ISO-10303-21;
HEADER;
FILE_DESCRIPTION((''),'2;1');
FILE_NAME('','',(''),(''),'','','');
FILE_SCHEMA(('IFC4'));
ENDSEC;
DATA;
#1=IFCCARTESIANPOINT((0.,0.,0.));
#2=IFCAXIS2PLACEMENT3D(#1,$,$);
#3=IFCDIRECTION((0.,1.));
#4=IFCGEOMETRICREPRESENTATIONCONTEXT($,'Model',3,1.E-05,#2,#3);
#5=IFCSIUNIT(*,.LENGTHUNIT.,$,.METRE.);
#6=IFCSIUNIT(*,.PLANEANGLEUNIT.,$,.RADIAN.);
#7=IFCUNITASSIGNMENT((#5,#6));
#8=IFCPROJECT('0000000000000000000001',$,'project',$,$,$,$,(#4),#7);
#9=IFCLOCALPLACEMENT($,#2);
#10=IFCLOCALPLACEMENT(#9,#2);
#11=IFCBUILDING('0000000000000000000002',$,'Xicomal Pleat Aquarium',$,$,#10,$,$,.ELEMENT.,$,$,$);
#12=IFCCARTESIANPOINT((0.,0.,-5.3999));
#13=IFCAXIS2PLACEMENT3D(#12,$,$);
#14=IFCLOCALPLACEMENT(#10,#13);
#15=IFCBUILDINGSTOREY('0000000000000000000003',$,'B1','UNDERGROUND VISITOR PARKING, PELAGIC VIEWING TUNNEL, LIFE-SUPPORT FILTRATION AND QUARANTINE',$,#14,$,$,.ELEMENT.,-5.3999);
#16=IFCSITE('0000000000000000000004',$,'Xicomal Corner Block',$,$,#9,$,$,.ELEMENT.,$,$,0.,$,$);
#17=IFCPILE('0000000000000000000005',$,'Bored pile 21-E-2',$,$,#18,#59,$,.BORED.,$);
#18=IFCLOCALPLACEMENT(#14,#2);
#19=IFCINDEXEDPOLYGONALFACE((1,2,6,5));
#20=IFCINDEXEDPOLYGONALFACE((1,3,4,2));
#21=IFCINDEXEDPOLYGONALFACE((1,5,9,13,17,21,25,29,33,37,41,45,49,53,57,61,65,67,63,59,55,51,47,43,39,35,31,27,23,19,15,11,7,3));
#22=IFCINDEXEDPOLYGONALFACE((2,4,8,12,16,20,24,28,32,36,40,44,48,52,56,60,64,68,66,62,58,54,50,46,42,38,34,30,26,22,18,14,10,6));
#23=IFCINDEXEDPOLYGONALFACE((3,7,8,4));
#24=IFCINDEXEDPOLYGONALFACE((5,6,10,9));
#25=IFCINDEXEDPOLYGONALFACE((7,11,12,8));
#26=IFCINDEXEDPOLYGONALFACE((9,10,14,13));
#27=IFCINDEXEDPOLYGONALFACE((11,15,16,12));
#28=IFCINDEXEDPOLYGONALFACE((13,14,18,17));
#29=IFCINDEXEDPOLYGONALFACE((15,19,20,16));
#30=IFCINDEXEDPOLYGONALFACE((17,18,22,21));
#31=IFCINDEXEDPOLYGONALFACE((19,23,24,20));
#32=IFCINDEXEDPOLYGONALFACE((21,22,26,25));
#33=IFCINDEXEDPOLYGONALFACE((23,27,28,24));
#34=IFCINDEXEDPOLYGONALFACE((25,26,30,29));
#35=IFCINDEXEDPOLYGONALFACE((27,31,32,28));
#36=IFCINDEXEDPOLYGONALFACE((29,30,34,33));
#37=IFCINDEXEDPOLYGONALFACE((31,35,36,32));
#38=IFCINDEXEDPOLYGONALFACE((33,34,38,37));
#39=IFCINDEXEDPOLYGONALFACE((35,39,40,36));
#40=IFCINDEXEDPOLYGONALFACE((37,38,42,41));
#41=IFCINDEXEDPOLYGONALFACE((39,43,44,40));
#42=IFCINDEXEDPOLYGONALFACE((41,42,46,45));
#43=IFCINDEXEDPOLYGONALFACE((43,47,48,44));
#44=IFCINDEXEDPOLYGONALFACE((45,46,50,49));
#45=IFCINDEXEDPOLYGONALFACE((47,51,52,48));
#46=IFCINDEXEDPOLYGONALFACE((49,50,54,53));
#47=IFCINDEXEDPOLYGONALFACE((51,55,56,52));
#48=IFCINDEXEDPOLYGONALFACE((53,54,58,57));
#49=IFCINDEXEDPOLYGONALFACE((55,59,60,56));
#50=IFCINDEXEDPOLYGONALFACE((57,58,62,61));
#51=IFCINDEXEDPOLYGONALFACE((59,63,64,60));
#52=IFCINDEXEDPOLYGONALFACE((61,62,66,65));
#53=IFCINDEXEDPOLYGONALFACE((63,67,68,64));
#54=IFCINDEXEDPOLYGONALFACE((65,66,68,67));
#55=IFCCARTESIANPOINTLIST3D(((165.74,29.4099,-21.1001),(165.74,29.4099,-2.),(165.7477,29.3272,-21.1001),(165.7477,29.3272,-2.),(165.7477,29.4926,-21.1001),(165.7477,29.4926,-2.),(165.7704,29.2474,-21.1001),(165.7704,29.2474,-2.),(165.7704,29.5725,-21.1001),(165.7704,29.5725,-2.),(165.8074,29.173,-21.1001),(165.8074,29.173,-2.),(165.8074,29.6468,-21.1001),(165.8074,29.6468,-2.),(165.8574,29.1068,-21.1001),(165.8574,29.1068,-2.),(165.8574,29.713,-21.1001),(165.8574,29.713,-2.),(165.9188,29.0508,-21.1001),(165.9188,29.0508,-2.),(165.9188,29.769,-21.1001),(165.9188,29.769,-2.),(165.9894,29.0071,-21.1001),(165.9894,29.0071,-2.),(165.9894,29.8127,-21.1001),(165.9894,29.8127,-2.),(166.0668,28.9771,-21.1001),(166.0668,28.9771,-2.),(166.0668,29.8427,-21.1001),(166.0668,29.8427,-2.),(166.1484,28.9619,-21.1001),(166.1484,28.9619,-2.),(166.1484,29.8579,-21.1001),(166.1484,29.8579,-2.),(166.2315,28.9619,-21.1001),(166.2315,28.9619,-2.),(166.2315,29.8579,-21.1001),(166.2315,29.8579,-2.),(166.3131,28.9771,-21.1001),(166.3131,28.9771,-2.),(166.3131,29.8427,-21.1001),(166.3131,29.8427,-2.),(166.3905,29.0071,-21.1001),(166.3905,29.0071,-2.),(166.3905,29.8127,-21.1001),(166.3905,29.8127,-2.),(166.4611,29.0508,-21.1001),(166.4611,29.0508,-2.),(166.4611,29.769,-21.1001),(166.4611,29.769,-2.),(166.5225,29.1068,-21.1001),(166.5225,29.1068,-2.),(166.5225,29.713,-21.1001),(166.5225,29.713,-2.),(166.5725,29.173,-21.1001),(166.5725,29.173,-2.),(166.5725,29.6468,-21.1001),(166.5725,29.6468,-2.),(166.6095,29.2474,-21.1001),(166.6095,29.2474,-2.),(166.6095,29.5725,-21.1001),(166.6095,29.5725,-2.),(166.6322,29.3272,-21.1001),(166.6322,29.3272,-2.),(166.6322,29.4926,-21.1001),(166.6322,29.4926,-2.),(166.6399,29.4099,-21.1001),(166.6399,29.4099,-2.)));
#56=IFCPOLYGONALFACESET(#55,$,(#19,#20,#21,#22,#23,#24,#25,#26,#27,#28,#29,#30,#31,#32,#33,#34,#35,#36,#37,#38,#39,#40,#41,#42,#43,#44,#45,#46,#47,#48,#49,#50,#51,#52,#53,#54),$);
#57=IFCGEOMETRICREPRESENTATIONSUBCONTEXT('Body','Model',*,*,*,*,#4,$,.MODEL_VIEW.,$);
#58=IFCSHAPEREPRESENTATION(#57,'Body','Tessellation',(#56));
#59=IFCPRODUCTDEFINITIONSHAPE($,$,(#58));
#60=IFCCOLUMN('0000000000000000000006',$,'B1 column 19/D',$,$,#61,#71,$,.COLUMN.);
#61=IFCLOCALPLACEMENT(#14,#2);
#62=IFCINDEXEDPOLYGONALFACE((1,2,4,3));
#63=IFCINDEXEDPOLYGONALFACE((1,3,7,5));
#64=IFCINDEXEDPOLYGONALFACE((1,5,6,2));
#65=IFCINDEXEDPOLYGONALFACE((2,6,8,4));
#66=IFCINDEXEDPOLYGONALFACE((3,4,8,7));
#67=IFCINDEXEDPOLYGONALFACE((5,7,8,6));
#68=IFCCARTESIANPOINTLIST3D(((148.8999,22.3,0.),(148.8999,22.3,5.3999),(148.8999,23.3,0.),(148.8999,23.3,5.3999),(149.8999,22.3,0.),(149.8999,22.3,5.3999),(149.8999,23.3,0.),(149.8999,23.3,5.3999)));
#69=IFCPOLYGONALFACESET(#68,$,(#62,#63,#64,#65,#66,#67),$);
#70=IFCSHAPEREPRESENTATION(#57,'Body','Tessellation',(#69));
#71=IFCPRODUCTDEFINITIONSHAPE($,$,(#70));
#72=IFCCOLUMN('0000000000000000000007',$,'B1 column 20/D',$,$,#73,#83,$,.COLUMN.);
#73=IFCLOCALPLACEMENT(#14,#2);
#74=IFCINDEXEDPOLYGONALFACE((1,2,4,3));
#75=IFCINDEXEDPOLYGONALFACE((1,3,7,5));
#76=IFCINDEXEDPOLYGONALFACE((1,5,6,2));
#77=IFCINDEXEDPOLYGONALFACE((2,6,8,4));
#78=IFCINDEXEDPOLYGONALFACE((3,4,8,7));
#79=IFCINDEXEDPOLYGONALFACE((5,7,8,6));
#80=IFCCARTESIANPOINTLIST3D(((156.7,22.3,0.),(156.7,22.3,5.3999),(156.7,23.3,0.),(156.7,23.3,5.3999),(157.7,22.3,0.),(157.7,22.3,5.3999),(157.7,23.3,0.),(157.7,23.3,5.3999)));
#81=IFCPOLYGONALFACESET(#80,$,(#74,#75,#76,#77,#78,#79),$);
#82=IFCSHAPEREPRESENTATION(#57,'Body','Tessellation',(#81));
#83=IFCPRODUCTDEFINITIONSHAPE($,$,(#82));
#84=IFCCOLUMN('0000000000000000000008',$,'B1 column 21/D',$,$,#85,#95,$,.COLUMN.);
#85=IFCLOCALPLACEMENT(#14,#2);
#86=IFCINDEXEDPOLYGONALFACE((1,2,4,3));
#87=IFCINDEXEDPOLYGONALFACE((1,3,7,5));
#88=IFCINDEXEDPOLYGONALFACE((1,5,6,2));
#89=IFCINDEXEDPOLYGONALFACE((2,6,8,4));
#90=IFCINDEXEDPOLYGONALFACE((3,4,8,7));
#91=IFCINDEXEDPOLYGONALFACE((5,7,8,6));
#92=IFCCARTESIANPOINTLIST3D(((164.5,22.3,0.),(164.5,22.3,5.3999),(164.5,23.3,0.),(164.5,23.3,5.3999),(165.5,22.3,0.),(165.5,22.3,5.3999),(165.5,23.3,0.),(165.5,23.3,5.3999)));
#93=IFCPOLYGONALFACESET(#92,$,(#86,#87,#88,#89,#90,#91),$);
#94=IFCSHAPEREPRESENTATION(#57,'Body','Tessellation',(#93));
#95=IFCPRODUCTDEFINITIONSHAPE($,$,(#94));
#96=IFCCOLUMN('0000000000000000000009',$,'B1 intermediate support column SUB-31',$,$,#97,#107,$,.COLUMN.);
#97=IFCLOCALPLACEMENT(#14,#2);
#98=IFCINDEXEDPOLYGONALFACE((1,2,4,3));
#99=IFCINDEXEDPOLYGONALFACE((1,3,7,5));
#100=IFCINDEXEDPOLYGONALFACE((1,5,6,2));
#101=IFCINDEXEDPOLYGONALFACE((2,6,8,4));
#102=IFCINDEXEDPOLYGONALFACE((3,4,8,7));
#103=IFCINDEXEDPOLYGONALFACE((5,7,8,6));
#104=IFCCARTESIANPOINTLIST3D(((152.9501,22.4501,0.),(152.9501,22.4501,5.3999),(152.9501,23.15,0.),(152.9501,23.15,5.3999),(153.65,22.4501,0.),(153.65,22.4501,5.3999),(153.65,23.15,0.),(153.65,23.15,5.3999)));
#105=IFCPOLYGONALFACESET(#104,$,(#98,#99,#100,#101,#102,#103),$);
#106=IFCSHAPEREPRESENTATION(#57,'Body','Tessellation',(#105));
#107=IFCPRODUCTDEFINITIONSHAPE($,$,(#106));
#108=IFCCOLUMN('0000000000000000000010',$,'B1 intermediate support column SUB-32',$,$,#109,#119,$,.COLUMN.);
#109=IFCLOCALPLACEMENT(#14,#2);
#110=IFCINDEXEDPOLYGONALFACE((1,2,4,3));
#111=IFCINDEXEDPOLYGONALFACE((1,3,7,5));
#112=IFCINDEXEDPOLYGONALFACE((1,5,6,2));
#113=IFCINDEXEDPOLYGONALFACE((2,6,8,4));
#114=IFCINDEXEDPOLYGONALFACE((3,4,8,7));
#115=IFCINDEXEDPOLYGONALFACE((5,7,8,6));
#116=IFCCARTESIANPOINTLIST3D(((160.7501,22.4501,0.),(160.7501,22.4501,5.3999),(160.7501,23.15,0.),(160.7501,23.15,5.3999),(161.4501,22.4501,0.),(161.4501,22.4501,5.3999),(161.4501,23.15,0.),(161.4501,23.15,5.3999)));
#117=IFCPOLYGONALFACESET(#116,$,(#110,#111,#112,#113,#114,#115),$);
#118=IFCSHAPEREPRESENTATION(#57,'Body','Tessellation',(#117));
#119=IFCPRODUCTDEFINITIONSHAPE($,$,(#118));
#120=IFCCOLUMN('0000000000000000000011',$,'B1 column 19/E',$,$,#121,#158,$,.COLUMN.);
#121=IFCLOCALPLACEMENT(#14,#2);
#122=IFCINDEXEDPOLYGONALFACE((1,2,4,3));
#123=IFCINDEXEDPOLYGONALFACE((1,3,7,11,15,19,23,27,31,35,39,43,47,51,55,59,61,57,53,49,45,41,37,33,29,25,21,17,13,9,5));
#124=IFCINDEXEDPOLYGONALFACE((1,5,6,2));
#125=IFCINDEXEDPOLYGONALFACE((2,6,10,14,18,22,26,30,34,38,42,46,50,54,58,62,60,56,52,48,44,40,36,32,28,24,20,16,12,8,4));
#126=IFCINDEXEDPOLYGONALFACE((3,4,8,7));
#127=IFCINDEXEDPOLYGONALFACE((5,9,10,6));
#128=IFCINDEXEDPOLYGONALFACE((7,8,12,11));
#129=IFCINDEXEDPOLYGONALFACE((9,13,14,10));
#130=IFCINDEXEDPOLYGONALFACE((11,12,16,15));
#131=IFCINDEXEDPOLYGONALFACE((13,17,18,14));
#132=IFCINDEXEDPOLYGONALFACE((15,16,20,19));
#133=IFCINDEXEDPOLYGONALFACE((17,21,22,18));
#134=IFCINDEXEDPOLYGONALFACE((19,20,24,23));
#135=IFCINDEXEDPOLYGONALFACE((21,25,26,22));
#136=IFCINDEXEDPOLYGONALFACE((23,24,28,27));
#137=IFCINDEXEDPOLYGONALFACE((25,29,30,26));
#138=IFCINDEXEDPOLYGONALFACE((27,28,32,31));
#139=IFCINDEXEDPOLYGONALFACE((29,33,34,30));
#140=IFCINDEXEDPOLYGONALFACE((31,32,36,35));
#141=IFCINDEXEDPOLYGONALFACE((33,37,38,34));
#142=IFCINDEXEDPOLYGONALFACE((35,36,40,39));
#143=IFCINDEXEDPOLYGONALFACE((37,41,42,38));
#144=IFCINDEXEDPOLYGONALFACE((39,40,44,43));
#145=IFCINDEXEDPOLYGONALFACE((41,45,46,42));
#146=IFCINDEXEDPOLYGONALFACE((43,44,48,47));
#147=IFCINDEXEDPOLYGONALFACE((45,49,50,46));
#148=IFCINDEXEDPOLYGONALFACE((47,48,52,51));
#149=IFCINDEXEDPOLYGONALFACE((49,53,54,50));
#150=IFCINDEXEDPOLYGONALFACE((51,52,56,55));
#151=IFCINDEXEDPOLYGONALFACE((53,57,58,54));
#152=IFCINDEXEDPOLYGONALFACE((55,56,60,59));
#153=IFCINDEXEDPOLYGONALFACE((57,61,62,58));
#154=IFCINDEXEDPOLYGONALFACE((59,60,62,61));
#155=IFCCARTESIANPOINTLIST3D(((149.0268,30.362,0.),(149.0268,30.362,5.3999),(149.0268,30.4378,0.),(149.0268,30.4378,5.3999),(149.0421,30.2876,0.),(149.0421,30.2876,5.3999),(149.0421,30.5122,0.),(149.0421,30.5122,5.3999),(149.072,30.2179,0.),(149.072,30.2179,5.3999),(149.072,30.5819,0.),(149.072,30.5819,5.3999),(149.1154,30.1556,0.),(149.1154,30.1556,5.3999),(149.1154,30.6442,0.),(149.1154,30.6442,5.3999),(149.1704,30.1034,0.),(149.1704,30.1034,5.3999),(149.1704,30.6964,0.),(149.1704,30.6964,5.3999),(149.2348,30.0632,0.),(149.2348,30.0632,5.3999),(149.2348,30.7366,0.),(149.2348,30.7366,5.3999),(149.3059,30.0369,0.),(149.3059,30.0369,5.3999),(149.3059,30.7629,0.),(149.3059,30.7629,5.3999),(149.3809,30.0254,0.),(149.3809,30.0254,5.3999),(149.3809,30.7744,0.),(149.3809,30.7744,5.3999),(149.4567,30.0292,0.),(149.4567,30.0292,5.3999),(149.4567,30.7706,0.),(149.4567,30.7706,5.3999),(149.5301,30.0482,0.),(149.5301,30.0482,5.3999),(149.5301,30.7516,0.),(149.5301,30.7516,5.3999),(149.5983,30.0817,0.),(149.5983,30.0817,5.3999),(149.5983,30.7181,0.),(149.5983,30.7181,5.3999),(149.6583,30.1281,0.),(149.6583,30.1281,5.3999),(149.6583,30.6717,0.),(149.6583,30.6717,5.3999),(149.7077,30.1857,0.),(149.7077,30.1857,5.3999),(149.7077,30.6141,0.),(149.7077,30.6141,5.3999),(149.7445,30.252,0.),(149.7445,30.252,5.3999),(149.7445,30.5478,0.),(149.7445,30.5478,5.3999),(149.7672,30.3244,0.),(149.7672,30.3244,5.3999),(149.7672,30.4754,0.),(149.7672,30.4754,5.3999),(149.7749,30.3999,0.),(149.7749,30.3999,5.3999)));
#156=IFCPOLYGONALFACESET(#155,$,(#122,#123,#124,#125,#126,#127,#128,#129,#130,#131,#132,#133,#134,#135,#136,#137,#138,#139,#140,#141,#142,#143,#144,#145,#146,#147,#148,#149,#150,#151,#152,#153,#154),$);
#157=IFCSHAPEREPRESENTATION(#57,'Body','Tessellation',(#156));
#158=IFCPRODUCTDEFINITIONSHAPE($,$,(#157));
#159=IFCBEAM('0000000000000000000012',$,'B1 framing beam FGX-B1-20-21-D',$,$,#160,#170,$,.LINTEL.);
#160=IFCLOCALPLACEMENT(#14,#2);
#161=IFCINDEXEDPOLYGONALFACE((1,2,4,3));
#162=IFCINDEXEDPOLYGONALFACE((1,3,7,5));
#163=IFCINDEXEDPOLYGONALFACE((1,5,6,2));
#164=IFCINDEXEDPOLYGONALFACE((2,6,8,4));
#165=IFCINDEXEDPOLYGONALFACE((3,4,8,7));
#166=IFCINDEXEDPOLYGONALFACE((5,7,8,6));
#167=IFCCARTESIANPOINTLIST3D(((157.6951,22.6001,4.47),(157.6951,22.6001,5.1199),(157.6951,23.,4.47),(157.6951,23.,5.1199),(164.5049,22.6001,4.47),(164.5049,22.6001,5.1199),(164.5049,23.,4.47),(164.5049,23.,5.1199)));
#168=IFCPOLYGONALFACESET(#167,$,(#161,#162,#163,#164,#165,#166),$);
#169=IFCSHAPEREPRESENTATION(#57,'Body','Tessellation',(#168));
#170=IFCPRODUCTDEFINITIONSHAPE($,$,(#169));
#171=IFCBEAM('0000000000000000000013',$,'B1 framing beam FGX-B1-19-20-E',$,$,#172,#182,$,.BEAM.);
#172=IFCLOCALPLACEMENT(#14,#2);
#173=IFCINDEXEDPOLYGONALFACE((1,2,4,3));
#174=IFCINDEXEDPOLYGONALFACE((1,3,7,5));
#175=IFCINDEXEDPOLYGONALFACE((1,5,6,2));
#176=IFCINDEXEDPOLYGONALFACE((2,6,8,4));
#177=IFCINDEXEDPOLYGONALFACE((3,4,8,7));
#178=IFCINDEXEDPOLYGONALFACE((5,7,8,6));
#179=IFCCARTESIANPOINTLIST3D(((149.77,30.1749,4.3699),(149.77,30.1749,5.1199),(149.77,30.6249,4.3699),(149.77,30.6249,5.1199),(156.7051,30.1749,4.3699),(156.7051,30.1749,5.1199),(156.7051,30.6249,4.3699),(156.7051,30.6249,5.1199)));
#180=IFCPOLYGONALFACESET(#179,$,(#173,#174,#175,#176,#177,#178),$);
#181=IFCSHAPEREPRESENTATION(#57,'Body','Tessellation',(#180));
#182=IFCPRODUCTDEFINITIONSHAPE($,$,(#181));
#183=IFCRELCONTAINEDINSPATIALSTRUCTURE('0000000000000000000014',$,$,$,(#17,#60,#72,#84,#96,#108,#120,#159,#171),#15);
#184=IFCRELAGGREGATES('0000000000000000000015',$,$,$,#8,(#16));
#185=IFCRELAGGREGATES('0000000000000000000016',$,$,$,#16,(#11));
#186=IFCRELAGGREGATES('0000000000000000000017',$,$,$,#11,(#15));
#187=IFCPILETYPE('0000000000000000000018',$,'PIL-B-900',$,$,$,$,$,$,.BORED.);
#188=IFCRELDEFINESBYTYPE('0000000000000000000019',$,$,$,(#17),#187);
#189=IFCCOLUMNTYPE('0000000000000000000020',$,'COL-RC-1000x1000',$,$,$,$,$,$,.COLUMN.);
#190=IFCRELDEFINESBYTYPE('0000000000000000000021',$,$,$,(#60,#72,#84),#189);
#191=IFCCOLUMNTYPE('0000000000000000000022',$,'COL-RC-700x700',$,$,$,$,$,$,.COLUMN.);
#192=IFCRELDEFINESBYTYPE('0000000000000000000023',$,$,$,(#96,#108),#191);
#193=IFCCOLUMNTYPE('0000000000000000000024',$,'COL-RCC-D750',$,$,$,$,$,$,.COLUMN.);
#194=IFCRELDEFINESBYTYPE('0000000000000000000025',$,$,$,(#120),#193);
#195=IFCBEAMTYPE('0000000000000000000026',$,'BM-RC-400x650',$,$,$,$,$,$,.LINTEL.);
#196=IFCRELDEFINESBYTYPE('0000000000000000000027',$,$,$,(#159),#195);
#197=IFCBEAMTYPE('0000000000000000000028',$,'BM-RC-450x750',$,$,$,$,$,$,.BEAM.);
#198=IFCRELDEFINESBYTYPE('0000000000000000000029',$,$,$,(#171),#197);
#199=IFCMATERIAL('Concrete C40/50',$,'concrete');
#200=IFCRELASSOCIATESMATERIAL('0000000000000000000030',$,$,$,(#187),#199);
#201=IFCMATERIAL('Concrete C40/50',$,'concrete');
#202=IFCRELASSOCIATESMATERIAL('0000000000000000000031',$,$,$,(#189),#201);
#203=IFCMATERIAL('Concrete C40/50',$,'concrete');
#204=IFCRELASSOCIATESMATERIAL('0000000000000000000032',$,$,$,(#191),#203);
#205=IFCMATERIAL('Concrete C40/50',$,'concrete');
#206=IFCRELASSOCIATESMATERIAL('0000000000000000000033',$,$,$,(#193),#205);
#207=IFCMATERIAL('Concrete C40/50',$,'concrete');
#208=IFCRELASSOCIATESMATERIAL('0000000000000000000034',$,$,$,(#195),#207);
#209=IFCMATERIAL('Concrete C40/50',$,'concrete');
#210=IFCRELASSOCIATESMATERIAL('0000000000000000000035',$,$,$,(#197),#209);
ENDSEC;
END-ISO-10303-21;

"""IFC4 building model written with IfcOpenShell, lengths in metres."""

from ifc_helpers import new_model, si_unit, direction, frame, origin, origin_2d, place, context, subcontext, project, spatial, rectangle, circle, extrude, material, material_profile, profile_set, type_object, element, save


model = new_model("IFC4")

# Units and contexts
model_context = context("Model", 3, precision=1e-05, world=origin(), true_north=direction((0.0, 1.0)))
body_context = subcontext(model_context, "Body", "Model", "MODEL_VIEW")
ifc_project = project(units=[si_unit("LENGTHUNIT", "METRE"), si_unit("PLANEANGLEUNIT", "RADIAN")], contexts=[model_context])

# Site, building, storey
site_placement = place(None, origin())
site = spatial("IfcSite", under=ifc_project, at=site_placement, Name="Xicomal Corner Block", CompositionType="ELEMENT", RefElevation=0.0)
building_placement = place(site_placement, origin())
building = spatial("IfcBuilding", under=site, at=building_placement, Name="Xicomal Pleat Aquarium", CompositionType="ELEMENT")
storey_placement = place(building_placement, frame((0.0, 0.0, -5.3999)))
storey = spatial("IfcBuildingStorey", under=building, at=storey_placement, Name="B1", Description="UNDERGROUND VISITOR PARKING, PELAGIC VIEWING TUNNEL, LIFE-SUPPORT FILTRATION AND QUARANTINE", CompositionType="ELEMENT", Elevation=-5.3999)

# Pile
ifc_material_1 = material(Name="Concrete C40/50", Category="concrete")
ifc_material_profile_1 = material_profile(ifc_material_1, circle(Radius=0.45, at=origin_2d()), Name="BORED PILE D900")
ifc_profile_set_1 = profile_set([ifc_material_profile_1], Name="Concrete C40/50")
pile_type_1 = type_object("IfcPileType", Name="PIL-B-900", PredefinedType="BORED", material=ifc_profile_set_1)
for number, where, z_axis, x_axis, name in (
    (1, (166.1899, 29.4099, -2.0), (0.0, 0.0, -1.0), (1.0, 0.0, 0.0), "Bored pile 21-E-2"),
):
    element("IfcPile", number, at=place(storey_placement, frame(where, z_axis=z_axis, x_axis=x_axis)), inside=storey, type_object=pile_type_1, Name=name, PredefinedType="BORED", context=body_context, shape_type="SweptSolid", body=[
        extrude(circle(Radius=0.45, at=origin_2d()), origin(), (0.0, 0.0, 1.0), 19.1001),
    ])

# Columns
ifc_material_2 = material(Name="Concrete C40/50", Category="concrete")
ifc_material_profile_2 = material_profile(ifc_material_2, rectangle(XDim=1.0, YDim=1.0, at=origin_2d()), Name="RC 1000x1000")
ifc_profile_set_2 = profile_set([ifc_material_profile_2], Name="Concrete C40/50")
column_type_1 = type_object("IfcColumnType", Name="COL-RC-1000x1000", PredefinedType="COLUMN", material=ifc_profile_set_2)
for number, where, z_axis, x_axis, name in (
    (2, (149.3999, 22.8, 0.0), (0.0, 0.0, 1.0), (1.0, 0.0, 0.0), "B1 column 19/D"),
    (3, (157.2, 22.8, 0.0), (0.0, 0.0, 1.0), (1.0, 0.0, 0.0), "B1 column 20/D"),
    (4, (165.0, 22.8, 0.0), (0.0, 0.0, 1.0), (1.0, 0.0, 0.0), "B1 column 21/D"),
):
    element("IfcColumn", number, at=place(storey_placement, frame(where, z_axis=z_axis, x_axis=x_axis)), inside=storey, type_object=column_type_1, Name=name, PredefinedType="COLUMN", context=body_context, shape_type="SweptSolid", body=[
        extrude(rectangle(XDim=1.0, YDim=1.0, at=origin_2d()), origin(), (0.0, 0.0, 1.0), 5.3999),
    ])
ifc_material_3 = material(Name="Concrete C40/50", Category="concrete")
ifc_material_profile_3 = material_profile(ifc_material_3, rectangle(XDim=0.7, YDim=0.7, at=origin_2d()), Name="RC 700x700")
ifc_profile_set_3 = profile_set([ifc_material_profile_3], Name="Concrete C40/50")
column_type_2 = type_object("IfcColumnType", Name="COL-RC-700x700", PredefinedType="COLUMN", material=ifc_profile_set_3)
for number, where, z_axis, x_axis, name in (
    (5, (153.3, 22.8, 0.0), (0.0, 0.0, 1.0), (1.0, 0.0, 0.0), "B1 intermediate support column SUB-31"),
    (6, (161.1001, 22.8, 0.0), (0.0, 0.0, 1.0), (1.0, 0.0, 0.0), "B1 intermediate support column SUB-32"),
):
    element("IfcColumn", number, at=place(storey_placement, frame(where, z_axis=z_axis, x_axis=x_axis)), inside=storey, type_object=column_type_2, Name=name, PredefinedType="COLUMN", context=body_context, shape_type="SweptSolid", body=[
        extrude(rectangle(XDim=0.7, YDim=0.7, at=origin_2d()), origin(), (0.0, 0.0, 1.0), 5.3999),
    ])
ifc_material_4 = material(Name="Concrete C40/50", Category="concrete")
ifc_material_profile_4 = material_profile(ifc_material_4, circle(Radius=0.375, at=origin_2d()), Name="RCC D750")
ifc_profile_set_4 = profile_set([ifc_material_profile_4], Name="Concrete C40/50")
column_type_3 = type_object("IfcColumnType", Name="COL-RCC-D750", PredefinedType="COLUMN", material=ifc_profile_set_4)
column_placement = place(storey_placement, frame((149.3999, 30.3999, 0.0), z_axis=(0.0, 0.0, 1.0), x_axis=(1.0, 0.0, 0.0)))
element("IfcColumn", 7, at=column_placement, inside=storey, type_object=column_type_3, Name="B1 column 19/E", PredefinedType="COLUMN", context=body_context, shape_type="SweptSolid", body=[
    extrude(circle(Radius=0.375, at=origin_2d()), origin(), (0.0, 0.0, 1.0), 5.3999),
])

# Beams
ifc_material_5 = material(Name="Concrete C40/50", Category="concrete")
ifc_material_profile_5 = material_profile(ifc_material_5, rectangle(XDim=0.3999, YDim=0.6499, at=origin_2d()), Name="RC 400x650")
ifc_profile_set_5 = profile_set([ifc_material_profile_5], Name="Concrete C40/50")
beam_type_1 = type_object("IfcBeamType", Name="BM-RC-400x650", PredefinedType="LINTEL", material=ifc_profile_set_5)
beam_1_placement = place(storey_placement, frame((157.6951, 22.8, 4.7949), z_axis=(1.0, 0.0, 0.0), x_axis=(0.0, 1.0, 0.0)))
element("IfcBeam", 8, at=beam_1_placement, inside=storey, type_object=beam_type_1, Name="B1 framing beam FGX-B1-20-21-D", PredefinedType="LINTEL", context=body_context, shape_type="SweptSolid", body=[
    extrude(rectangle(XDim=0.3999, YDim=0.6499, at=origin_2d()), origin(), (0.0, 0.0, 1.0), 6.8098),
])
ifc_material_6 = material(Name="Concrete C40/50", Category="concrete")
ifc_material_profile_6 = material_profile(ifc_material_6, rectangle(XDim=0.45, YDim=0.75, at=origin_2d()), Name="RC 450x750")
ifc_profile_set_6 = profile_set([ifc_material_profile_6], Name="Concrete C40/50")
beam_type_2 = type_object("IfcBeamType", Name="BM-RC-450x750", PredefinedType="BEAM", material=ifc_profile_set_6)
beam_2_placement = place(storey_placement, frame((149.77, 30.3999, 4.7449), z_axis=(1.0, 0.0, 0.0), x_axis=(0.0, 1.0, 0.0)))
element("IfcBeam", 9, at=beam_2_placement, inside=storey, type_object=beam_type_2, Name="B1 framing beam FGX-B1-19-20-E", PredefinedType="BEAM", context=body_context, shape_type="SweptSolid", body=[
    extrude(rectangle(XDim=0.45, YDim=0.75, at=origin_2d()), origin(), (0.0, 0.0, 1.0), 6.9351),
])

save(model, "model.ifc")
